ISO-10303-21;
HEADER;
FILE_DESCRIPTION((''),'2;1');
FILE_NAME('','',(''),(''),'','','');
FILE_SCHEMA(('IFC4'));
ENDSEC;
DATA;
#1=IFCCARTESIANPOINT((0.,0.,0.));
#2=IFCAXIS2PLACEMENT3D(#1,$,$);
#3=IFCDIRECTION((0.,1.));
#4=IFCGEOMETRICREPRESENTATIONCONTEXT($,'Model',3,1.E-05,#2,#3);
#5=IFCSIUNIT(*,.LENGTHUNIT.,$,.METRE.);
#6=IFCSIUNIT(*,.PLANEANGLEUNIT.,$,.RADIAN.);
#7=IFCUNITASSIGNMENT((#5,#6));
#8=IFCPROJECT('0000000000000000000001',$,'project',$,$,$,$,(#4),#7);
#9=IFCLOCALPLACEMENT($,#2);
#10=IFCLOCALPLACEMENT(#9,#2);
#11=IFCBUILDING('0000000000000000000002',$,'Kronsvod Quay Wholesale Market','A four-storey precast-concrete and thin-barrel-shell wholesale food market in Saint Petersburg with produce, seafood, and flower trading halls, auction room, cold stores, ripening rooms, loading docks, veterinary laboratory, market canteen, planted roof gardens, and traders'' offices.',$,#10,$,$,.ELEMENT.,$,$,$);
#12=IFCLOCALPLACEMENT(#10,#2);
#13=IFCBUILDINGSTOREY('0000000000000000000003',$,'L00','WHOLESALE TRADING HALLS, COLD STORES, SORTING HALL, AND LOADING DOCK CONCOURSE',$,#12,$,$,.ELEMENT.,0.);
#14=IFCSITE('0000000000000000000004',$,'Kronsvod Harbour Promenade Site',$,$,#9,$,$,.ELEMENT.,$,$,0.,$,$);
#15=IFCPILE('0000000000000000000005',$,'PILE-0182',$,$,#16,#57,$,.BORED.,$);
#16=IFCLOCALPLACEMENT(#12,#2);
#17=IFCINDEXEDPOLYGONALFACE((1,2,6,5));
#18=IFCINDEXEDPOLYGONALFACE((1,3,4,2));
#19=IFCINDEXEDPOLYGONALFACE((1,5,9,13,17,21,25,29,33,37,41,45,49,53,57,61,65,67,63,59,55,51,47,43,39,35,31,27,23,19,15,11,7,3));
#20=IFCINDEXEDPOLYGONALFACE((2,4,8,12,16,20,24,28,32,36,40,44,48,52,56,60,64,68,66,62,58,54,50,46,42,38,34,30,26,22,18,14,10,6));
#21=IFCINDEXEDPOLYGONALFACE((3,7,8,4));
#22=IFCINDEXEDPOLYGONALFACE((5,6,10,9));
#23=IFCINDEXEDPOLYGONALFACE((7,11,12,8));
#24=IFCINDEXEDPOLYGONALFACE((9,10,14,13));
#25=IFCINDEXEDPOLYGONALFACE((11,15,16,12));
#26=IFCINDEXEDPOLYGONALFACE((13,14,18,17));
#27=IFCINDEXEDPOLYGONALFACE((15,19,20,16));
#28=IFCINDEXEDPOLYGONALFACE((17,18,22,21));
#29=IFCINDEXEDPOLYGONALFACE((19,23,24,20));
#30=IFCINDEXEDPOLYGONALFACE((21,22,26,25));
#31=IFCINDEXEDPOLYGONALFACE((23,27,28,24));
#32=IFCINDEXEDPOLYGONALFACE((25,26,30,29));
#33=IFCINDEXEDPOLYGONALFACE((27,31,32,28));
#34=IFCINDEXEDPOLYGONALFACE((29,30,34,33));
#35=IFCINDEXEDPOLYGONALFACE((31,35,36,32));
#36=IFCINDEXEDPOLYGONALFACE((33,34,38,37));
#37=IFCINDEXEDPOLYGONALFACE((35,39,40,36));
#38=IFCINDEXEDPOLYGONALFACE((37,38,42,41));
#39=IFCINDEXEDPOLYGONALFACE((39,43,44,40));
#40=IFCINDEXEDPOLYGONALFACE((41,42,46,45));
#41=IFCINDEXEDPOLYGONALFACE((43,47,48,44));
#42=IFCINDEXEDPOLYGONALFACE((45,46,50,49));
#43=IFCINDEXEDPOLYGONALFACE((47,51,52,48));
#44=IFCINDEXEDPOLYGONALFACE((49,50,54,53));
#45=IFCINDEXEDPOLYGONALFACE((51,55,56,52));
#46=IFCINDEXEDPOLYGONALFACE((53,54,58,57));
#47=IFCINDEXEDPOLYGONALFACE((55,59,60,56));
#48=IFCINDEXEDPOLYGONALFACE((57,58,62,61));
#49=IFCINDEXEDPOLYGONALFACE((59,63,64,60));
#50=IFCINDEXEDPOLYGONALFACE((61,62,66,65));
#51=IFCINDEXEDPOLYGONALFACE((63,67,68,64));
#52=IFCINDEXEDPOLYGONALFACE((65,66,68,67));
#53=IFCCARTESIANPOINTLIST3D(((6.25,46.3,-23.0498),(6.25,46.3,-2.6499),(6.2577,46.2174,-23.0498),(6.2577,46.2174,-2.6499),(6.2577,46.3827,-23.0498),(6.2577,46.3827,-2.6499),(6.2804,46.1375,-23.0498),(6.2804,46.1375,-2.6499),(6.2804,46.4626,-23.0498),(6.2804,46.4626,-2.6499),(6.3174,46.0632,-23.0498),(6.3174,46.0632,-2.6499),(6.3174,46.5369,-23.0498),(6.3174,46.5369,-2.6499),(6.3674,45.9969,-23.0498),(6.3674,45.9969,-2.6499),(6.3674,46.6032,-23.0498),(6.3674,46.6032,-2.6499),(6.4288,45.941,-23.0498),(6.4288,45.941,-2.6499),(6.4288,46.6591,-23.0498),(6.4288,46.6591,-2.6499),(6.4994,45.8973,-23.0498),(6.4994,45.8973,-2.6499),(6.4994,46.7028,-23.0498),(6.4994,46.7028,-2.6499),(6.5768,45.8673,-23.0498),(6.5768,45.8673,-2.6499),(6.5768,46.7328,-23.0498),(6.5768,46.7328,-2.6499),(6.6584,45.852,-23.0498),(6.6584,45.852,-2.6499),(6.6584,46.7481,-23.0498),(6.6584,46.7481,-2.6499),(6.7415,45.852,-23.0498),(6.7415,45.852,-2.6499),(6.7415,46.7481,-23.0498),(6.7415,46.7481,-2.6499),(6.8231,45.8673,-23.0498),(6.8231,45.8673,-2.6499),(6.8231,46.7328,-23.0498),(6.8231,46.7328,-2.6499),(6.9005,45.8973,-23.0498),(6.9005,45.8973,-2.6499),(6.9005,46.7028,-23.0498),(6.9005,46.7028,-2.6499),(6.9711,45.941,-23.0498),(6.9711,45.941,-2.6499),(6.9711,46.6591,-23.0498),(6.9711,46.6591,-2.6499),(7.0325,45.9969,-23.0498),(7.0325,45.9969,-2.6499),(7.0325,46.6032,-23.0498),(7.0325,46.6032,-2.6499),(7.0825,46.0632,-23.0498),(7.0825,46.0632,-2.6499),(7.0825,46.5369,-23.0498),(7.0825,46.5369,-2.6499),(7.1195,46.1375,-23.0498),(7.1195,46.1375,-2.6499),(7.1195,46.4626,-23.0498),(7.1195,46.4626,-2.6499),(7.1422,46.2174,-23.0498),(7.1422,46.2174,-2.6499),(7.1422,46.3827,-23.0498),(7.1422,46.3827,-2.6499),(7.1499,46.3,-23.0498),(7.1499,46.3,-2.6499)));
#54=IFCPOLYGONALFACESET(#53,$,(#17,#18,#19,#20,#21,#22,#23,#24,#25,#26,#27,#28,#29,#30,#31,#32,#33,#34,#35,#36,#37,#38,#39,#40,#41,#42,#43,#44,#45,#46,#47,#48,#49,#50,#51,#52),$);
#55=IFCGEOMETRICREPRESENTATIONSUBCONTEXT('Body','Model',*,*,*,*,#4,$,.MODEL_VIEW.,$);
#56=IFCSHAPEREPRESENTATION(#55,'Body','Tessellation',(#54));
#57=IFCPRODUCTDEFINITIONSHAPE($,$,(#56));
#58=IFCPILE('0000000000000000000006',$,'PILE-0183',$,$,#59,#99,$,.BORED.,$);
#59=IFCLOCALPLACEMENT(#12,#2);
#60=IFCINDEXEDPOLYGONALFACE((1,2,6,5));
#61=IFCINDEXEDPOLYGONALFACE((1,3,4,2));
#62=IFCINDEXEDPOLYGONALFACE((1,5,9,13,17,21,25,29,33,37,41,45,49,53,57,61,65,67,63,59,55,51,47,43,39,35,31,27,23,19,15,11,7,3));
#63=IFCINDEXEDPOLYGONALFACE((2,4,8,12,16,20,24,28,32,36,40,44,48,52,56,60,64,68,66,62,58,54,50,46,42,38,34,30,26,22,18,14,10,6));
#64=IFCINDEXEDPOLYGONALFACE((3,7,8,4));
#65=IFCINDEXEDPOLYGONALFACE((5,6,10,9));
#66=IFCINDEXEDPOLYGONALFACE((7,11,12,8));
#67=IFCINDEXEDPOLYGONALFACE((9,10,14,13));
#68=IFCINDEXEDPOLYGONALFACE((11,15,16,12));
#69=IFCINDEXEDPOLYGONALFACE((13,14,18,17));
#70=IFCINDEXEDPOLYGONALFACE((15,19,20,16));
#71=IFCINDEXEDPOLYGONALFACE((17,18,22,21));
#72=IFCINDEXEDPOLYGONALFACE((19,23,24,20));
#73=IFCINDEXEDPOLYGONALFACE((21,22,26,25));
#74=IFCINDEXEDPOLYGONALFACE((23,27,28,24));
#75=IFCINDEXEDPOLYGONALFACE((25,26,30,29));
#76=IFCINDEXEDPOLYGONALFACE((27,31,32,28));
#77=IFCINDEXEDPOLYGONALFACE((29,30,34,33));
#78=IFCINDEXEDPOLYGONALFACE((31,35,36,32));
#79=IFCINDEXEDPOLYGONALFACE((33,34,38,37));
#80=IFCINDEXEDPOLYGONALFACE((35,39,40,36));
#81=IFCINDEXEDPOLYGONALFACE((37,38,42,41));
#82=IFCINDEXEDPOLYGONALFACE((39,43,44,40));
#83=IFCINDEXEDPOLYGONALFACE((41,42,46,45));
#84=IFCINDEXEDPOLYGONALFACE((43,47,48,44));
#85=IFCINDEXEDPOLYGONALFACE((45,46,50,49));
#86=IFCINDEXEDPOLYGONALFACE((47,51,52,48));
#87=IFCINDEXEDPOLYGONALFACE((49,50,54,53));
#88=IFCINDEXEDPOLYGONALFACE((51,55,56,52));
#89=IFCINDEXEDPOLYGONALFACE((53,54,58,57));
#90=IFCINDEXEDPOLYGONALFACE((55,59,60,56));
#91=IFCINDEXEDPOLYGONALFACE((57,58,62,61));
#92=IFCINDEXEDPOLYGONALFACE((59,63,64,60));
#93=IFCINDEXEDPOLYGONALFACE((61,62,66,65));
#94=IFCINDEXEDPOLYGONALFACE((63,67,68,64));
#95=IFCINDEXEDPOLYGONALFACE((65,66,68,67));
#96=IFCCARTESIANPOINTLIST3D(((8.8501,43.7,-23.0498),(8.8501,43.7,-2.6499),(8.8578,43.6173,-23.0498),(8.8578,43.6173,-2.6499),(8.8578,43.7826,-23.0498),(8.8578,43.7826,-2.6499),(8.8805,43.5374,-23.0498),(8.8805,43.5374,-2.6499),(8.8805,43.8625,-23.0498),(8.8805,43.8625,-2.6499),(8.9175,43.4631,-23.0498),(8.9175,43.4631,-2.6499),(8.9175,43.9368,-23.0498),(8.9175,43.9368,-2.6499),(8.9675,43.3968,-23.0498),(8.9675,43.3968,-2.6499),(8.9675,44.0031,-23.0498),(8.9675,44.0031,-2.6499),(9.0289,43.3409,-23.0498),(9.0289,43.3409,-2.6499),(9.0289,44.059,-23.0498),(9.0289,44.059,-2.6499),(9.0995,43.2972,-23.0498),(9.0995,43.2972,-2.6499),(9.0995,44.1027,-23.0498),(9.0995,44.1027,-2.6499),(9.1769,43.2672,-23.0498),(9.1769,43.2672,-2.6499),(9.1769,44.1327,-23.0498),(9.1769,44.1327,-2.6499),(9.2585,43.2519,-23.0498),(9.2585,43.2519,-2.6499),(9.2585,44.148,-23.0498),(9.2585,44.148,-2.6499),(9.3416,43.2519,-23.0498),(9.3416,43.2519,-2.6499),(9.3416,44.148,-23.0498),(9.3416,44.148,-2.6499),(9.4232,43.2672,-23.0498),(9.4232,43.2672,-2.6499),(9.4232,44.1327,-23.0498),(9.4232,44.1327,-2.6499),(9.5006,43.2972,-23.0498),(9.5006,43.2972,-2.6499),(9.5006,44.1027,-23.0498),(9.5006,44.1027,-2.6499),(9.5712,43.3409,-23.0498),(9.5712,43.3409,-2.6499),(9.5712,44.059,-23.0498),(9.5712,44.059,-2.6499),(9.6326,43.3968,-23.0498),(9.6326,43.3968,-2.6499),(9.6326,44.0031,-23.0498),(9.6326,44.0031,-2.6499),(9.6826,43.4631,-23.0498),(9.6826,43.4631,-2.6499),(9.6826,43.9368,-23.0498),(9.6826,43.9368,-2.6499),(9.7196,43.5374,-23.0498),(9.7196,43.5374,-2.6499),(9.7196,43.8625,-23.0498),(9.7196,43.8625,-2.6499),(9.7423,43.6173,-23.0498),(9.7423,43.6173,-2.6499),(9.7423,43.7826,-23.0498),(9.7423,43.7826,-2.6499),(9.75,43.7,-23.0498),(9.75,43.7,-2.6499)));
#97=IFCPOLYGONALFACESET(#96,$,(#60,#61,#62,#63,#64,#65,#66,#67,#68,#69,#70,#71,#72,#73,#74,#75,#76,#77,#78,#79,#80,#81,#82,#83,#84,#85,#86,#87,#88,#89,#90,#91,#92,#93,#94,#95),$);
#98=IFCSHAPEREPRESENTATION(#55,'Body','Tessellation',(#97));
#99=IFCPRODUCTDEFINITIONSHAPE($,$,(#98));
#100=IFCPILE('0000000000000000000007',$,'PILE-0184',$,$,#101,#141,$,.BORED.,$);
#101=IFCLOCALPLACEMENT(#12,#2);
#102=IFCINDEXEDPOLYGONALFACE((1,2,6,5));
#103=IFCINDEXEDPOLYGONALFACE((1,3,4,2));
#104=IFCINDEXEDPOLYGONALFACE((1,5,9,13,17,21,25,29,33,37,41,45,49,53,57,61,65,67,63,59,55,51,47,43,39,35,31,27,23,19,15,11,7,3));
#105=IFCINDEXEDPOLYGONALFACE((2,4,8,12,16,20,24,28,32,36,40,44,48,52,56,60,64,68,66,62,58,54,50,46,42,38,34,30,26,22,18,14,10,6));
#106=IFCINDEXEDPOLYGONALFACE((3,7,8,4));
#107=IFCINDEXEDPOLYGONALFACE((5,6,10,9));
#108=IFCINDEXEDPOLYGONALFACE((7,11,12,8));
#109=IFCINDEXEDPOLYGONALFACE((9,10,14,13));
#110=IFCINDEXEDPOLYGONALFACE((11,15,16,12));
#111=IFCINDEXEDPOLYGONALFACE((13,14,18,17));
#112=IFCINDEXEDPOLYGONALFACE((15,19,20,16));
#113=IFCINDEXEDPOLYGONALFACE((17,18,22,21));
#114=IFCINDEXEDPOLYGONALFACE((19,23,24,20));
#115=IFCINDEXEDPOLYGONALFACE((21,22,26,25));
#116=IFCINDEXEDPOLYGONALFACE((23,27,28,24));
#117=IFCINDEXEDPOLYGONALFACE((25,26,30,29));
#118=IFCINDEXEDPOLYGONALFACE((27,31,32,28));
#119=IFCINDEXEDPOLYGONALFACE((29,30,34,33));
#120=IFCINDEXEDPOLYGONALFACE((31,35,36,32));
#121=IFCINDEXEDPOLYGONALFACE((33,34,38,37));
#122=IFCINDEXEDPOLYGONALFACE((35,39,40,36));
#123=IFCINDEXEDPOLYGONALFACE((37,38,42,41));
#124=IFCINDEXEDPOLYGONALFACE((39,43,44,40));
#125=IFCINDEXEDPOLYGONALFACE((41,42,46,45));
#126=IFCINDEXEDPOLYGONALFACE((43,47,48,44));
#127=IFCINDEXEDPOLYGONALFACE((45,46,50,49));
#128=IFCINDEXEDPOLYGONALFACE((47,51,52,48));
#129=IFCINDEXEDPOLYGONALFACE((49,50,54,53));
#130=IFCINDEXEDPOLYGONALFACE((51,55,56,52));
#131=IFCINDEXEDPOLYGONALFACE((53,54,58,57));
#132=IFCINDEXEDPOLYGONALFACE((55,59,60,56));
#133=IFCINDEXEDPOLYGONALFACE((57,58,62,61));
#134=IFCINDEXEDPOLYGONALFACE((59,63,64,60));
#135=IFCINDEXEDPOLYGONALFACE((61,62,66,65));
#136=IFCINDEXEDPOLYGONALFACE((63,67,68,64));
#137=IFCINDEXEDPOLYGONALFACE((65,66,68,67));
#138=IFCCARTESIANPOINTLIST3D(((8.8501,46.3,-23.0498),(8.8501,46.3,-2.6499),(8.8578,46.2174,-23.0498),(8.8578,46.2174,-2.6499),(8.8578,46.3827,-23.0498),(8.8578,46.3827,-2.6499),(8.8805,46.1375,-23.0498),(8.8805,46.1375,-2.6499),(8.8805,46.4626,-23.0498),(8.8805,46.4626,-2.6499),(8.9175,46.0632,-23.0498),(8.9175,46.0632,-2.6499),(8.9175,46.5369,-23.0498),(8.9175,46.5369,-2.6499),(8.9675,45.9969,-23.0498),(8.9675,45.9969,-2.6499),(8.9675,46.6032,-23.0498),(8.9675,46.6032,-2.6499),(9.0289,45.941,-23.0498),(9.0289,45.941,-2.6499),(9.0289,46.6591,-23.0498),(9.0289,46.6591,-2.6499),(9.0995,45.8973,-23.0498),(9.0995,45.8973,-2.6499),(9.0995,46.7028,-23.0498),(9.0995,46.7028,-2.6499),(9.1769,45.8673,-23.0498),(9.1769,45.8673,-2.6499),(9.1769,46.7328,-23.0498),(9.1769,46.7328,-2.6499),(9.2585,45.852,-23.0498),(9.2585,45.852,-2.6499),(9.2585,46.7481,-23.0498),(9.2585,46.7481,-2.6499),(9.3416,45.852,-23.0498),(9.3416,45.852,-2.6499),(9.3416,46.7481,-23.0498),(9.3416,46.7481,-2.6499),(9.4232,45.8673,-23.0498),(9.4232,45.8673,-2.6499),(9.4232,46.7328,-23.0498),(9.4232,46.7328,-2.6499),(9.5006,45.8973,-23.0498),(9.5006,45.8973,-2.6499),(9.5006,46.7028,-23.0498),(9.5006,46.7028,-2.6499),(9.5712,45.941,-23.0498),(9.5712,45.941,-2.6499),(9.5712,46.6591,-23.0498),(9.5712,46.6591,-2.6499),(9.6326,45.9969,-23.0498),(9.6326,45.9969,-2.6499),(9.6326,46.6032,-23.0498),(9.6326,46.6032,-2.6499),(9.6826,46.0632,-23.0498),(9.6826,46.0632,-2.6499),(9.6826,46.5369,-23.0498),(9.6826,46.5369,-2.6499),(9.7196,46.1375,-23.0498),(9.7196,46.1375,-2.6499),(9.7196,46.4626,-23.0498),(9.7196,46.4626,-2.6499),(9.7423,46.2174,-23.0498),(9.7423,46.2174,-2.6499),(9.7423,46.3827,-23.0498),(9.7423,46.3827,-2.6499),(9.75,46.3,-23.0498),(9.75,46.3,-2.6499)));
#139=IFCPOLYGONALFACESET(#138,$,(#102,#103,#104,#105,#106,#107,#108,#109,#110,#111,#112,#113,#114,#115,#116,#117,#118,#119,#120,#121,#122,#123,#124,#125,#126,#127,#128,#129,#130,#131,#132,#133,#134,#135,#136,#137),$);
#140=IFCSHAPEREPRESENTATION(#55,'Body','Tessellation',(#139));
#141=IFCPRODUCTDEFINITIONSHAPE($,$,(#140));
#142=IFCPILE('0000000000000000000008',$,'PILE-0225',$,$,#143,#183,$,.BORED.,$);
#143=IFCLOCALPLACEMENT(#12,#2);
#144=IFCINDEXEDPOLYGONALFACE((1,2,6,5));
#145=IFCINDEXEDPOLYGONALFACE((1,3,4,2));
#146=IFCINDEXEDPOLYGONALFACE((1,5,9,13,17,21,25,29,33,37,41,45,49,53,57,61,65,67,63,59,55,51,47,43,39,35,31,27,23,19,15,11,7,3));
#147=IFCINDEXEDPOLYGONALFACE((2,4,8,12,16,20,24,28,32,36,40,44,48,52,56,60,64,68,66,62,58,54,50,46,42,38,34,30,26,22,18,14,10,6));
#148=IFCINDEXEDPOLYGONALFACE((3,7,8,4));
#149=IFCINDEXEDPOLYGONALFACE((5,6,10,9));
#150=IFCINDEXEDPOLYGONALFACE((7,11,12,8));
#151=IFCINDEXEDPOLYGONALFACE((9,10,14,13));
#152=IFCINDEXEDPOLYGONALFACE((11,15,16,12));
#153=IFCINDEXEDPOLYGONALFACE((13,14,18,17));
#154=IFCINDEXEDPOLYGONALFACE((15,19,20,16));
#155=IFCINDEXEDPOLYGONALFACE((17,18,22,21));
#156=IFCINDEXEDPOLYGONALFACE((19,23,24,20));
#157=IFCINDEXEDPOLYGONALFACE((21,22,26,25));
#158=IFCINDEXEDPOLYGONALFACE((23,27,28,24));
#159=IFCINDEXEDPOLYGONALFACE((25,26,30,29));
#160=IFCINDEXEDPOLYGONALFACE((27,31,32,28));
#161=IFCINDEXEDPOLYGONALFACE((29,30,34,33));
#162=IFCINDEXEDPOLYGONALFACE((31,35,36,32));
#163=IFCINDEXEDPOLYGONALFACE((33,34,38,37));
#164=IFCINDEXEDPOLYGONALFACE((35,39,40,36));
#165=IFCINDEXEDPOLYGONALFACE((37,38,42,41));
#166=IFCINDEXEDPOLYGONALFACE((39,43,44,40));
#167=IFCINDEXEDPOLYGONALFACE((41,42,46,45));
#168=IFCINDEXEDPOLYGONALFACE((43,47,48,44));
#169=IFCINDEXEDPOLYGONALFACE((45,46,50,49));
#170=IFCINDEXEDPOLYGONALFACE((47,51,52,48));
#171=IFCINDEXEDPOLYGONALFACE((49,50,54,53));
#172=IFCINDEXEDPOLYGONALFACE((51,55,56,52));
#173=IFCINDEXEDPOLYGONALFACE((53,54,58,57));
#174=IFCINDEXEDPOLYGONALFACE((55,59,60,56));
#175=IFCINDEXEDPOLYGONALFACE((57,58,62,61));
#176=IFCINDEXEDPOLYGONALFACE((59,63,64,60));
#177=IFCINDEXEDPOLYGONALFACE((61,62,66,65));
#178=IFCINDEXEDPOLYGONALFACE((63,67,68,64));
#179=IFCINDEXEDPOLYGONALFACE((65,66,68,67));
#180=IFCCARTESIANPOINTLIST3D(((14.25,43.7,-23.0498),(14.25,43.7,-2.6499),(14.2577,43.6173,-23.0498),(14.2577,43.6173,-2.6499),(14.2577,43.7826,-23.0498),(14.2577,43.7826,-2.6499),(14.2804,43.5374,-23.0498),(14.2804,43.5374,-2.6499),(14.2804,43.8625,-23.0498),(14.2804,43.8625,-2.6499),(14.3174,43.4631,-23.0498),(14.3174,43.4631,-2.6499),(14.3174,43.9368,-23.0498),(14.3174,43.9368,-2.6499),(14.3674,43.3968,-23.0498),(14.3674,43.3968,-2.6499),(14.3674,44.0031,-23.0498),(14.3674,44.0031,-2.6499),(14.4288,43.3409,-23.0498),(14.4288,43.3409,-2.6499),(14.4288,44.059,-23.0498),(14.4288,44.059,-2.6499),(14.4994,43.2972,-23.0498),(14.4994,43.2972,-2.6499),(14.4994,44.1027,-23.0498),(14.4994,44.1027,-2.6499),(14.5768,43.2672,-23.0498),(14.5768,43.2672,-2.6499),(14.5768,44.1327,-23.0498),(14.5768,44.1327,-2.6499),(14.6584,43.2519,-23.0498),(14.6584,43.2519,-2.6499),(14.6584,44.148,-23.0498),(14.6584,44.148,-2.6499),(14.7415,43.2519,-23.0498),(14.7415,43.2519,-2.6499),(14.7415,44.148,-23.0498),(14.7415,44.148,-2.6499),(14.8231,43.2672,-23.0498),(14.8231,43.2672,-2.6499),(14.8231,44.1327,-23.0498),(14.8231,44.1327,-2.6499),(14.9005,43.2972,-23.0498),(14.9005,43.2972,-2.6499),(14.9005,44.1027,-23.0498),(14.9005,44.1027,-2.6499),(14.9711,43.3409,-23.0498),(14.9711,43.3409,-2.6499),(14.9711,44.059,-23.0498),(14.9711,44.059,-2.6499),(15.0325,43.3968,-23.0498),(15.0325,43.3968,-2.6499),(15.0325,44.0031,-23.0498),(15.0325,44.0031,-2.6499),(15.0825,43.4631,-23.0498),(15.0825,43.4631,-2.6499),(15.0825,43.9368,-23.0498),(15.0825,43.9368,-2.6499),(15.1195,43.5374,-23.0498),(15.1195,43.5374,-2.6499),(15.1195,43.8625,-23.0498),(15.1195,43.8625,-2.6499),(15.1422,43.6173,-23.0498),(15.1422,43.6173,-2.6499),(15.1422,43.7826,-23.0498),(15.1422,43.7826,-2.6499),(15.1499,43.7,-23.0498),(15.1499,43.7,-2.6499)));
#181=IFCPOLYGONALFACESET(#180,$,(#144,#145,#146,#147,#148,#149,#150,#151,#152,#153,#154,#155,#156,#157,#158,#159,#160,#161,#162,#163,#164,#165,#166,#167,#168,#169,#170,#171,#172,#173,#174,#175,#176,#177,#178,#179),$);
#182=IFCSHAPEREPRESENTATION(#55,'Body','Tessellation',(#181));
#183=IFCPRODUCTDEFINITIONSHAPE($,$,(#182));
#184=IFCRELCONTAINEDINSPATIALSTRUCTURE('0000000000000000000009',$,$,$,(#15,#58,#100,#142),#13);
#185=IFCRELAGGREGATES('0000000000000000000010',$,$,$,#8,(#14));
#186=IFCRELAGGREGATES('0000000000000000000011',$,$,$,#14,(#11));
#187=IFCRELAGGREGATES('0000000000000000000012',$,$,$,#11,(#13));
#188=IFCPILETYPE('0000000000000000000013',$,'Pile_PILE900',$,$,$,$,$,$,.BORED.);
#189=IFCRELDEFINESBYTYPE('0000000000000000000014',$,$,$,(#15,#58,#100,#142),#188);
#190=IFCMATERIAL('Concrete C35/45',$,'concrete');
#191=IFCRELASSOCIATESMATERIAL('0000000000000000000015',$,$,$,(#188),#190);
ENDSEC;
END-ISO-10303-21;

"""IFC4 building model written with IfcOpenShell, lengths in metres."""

from ifc_helpers import new_model, si_unit, direction, frame, origin, origin_2d, place, context, subcontext, project, spatial, circle, extrude, material, material_profile, profile_set, type_object, element, save


model = new_model("IFC4")

# Units and contexts
model_context = context("Model", 3, precision=1e-05, world=origin(), true_north=direction((0.0, 1.0)))
body_context = subcontext(model_context, "Body", "Model", "MODEL_VIEW")
ifc_project = project(units=[si_unit("LENGTHUNIT", "METRE"), si_unit("PLANEANGLEUNIT", "RADIAN")], contexts=[model_context])

# Site, building, storey
site_placement = place(None, origin())
site = spatial("IfcSite", under=ifc_project, at=site_placement, Name="Kronsvod Harbour Promenade Site", CompositionType="ELEMENT", RefElevation=0.0)
building_placement = place(site_placement, origin())
building = spatial("IfcBuilding", under=site, at=building_placement, Name="Kronsvod Quay Wholesale Market", Description="A four-storey precast-concrete and thin-barrel-shell wholesale food market in Saint Petersburg with produce, seafood, and flower trading halls, auction room, cold stores, ripening rooms, loading docks, veterinary laboratory, market canteen, planted roof gardens, and traders' offices.", CompositionType="ELEMENT")
storey_placement = place(building_placement, origin())
storey = spatial("IfcBuildingStorey", under=building, at=storey_placement, Name="L00", Description="WHOLESALE TRADING HALLS, COLD STORES, SORTING HALL, AND LOADING DOCK CONCOURSE", CompositionType="ELEMENT", Elevation=0.0)

# Piles
ifc_material_1 = material(Name="Concrete C35/45", Category="concrete")
ifc_material_profile_1 = material_profile(ifc_material_1, circle(Radius=0.45, at=origin_2d()), Name="PILE900")
ifc_profile_set_1 = profile_set([ifc_material_profile_1], Name="Concrete C35/45")
pile_type_1 = type_object("IfcPileType", Name="Pile_PILE900", PredefinedType="BORED", material=ifc_profile_set_1)
for number, where, z_axis, x_axis, name in (
    (1, (6.7, 46.3, -2.6499), (0.0, 0.0, -1.0), (1.0, 0.0, 0.0), "PILE-0182"),
    (2, (9.3, 43.7, -2.6499), (0.0, 0.0, -1.0), (1.0, 0.0, 0.0), "PILE-0183"),
    (3, (9.3, 46.3, -2.6499), (0.0, 0.0, -1.0), (1.0, 0.0, 0.0), "PILE-0184"),
    (4, (14.7, 43.7, -2.6499), (0.0, 0.0, -1.0), (1.0, 0.0, 0.0), "PILE-0225"),
):
    element("IfcPile", number, at=place(storey_placement, frame(where, z_axis=z_axis, x_axis=x_axis)), inside=storey, type_object=pile_type_1, Name=name, PredefinedType="BORED", context=body_context, shape_type="SweptSolid", body=[
        extrude(circle(Radius=0.45, at=origin_2d()), origin(), (0.0, 0.0, 1.0), 20.3999),
    ])

save(model, "model.ifc")
